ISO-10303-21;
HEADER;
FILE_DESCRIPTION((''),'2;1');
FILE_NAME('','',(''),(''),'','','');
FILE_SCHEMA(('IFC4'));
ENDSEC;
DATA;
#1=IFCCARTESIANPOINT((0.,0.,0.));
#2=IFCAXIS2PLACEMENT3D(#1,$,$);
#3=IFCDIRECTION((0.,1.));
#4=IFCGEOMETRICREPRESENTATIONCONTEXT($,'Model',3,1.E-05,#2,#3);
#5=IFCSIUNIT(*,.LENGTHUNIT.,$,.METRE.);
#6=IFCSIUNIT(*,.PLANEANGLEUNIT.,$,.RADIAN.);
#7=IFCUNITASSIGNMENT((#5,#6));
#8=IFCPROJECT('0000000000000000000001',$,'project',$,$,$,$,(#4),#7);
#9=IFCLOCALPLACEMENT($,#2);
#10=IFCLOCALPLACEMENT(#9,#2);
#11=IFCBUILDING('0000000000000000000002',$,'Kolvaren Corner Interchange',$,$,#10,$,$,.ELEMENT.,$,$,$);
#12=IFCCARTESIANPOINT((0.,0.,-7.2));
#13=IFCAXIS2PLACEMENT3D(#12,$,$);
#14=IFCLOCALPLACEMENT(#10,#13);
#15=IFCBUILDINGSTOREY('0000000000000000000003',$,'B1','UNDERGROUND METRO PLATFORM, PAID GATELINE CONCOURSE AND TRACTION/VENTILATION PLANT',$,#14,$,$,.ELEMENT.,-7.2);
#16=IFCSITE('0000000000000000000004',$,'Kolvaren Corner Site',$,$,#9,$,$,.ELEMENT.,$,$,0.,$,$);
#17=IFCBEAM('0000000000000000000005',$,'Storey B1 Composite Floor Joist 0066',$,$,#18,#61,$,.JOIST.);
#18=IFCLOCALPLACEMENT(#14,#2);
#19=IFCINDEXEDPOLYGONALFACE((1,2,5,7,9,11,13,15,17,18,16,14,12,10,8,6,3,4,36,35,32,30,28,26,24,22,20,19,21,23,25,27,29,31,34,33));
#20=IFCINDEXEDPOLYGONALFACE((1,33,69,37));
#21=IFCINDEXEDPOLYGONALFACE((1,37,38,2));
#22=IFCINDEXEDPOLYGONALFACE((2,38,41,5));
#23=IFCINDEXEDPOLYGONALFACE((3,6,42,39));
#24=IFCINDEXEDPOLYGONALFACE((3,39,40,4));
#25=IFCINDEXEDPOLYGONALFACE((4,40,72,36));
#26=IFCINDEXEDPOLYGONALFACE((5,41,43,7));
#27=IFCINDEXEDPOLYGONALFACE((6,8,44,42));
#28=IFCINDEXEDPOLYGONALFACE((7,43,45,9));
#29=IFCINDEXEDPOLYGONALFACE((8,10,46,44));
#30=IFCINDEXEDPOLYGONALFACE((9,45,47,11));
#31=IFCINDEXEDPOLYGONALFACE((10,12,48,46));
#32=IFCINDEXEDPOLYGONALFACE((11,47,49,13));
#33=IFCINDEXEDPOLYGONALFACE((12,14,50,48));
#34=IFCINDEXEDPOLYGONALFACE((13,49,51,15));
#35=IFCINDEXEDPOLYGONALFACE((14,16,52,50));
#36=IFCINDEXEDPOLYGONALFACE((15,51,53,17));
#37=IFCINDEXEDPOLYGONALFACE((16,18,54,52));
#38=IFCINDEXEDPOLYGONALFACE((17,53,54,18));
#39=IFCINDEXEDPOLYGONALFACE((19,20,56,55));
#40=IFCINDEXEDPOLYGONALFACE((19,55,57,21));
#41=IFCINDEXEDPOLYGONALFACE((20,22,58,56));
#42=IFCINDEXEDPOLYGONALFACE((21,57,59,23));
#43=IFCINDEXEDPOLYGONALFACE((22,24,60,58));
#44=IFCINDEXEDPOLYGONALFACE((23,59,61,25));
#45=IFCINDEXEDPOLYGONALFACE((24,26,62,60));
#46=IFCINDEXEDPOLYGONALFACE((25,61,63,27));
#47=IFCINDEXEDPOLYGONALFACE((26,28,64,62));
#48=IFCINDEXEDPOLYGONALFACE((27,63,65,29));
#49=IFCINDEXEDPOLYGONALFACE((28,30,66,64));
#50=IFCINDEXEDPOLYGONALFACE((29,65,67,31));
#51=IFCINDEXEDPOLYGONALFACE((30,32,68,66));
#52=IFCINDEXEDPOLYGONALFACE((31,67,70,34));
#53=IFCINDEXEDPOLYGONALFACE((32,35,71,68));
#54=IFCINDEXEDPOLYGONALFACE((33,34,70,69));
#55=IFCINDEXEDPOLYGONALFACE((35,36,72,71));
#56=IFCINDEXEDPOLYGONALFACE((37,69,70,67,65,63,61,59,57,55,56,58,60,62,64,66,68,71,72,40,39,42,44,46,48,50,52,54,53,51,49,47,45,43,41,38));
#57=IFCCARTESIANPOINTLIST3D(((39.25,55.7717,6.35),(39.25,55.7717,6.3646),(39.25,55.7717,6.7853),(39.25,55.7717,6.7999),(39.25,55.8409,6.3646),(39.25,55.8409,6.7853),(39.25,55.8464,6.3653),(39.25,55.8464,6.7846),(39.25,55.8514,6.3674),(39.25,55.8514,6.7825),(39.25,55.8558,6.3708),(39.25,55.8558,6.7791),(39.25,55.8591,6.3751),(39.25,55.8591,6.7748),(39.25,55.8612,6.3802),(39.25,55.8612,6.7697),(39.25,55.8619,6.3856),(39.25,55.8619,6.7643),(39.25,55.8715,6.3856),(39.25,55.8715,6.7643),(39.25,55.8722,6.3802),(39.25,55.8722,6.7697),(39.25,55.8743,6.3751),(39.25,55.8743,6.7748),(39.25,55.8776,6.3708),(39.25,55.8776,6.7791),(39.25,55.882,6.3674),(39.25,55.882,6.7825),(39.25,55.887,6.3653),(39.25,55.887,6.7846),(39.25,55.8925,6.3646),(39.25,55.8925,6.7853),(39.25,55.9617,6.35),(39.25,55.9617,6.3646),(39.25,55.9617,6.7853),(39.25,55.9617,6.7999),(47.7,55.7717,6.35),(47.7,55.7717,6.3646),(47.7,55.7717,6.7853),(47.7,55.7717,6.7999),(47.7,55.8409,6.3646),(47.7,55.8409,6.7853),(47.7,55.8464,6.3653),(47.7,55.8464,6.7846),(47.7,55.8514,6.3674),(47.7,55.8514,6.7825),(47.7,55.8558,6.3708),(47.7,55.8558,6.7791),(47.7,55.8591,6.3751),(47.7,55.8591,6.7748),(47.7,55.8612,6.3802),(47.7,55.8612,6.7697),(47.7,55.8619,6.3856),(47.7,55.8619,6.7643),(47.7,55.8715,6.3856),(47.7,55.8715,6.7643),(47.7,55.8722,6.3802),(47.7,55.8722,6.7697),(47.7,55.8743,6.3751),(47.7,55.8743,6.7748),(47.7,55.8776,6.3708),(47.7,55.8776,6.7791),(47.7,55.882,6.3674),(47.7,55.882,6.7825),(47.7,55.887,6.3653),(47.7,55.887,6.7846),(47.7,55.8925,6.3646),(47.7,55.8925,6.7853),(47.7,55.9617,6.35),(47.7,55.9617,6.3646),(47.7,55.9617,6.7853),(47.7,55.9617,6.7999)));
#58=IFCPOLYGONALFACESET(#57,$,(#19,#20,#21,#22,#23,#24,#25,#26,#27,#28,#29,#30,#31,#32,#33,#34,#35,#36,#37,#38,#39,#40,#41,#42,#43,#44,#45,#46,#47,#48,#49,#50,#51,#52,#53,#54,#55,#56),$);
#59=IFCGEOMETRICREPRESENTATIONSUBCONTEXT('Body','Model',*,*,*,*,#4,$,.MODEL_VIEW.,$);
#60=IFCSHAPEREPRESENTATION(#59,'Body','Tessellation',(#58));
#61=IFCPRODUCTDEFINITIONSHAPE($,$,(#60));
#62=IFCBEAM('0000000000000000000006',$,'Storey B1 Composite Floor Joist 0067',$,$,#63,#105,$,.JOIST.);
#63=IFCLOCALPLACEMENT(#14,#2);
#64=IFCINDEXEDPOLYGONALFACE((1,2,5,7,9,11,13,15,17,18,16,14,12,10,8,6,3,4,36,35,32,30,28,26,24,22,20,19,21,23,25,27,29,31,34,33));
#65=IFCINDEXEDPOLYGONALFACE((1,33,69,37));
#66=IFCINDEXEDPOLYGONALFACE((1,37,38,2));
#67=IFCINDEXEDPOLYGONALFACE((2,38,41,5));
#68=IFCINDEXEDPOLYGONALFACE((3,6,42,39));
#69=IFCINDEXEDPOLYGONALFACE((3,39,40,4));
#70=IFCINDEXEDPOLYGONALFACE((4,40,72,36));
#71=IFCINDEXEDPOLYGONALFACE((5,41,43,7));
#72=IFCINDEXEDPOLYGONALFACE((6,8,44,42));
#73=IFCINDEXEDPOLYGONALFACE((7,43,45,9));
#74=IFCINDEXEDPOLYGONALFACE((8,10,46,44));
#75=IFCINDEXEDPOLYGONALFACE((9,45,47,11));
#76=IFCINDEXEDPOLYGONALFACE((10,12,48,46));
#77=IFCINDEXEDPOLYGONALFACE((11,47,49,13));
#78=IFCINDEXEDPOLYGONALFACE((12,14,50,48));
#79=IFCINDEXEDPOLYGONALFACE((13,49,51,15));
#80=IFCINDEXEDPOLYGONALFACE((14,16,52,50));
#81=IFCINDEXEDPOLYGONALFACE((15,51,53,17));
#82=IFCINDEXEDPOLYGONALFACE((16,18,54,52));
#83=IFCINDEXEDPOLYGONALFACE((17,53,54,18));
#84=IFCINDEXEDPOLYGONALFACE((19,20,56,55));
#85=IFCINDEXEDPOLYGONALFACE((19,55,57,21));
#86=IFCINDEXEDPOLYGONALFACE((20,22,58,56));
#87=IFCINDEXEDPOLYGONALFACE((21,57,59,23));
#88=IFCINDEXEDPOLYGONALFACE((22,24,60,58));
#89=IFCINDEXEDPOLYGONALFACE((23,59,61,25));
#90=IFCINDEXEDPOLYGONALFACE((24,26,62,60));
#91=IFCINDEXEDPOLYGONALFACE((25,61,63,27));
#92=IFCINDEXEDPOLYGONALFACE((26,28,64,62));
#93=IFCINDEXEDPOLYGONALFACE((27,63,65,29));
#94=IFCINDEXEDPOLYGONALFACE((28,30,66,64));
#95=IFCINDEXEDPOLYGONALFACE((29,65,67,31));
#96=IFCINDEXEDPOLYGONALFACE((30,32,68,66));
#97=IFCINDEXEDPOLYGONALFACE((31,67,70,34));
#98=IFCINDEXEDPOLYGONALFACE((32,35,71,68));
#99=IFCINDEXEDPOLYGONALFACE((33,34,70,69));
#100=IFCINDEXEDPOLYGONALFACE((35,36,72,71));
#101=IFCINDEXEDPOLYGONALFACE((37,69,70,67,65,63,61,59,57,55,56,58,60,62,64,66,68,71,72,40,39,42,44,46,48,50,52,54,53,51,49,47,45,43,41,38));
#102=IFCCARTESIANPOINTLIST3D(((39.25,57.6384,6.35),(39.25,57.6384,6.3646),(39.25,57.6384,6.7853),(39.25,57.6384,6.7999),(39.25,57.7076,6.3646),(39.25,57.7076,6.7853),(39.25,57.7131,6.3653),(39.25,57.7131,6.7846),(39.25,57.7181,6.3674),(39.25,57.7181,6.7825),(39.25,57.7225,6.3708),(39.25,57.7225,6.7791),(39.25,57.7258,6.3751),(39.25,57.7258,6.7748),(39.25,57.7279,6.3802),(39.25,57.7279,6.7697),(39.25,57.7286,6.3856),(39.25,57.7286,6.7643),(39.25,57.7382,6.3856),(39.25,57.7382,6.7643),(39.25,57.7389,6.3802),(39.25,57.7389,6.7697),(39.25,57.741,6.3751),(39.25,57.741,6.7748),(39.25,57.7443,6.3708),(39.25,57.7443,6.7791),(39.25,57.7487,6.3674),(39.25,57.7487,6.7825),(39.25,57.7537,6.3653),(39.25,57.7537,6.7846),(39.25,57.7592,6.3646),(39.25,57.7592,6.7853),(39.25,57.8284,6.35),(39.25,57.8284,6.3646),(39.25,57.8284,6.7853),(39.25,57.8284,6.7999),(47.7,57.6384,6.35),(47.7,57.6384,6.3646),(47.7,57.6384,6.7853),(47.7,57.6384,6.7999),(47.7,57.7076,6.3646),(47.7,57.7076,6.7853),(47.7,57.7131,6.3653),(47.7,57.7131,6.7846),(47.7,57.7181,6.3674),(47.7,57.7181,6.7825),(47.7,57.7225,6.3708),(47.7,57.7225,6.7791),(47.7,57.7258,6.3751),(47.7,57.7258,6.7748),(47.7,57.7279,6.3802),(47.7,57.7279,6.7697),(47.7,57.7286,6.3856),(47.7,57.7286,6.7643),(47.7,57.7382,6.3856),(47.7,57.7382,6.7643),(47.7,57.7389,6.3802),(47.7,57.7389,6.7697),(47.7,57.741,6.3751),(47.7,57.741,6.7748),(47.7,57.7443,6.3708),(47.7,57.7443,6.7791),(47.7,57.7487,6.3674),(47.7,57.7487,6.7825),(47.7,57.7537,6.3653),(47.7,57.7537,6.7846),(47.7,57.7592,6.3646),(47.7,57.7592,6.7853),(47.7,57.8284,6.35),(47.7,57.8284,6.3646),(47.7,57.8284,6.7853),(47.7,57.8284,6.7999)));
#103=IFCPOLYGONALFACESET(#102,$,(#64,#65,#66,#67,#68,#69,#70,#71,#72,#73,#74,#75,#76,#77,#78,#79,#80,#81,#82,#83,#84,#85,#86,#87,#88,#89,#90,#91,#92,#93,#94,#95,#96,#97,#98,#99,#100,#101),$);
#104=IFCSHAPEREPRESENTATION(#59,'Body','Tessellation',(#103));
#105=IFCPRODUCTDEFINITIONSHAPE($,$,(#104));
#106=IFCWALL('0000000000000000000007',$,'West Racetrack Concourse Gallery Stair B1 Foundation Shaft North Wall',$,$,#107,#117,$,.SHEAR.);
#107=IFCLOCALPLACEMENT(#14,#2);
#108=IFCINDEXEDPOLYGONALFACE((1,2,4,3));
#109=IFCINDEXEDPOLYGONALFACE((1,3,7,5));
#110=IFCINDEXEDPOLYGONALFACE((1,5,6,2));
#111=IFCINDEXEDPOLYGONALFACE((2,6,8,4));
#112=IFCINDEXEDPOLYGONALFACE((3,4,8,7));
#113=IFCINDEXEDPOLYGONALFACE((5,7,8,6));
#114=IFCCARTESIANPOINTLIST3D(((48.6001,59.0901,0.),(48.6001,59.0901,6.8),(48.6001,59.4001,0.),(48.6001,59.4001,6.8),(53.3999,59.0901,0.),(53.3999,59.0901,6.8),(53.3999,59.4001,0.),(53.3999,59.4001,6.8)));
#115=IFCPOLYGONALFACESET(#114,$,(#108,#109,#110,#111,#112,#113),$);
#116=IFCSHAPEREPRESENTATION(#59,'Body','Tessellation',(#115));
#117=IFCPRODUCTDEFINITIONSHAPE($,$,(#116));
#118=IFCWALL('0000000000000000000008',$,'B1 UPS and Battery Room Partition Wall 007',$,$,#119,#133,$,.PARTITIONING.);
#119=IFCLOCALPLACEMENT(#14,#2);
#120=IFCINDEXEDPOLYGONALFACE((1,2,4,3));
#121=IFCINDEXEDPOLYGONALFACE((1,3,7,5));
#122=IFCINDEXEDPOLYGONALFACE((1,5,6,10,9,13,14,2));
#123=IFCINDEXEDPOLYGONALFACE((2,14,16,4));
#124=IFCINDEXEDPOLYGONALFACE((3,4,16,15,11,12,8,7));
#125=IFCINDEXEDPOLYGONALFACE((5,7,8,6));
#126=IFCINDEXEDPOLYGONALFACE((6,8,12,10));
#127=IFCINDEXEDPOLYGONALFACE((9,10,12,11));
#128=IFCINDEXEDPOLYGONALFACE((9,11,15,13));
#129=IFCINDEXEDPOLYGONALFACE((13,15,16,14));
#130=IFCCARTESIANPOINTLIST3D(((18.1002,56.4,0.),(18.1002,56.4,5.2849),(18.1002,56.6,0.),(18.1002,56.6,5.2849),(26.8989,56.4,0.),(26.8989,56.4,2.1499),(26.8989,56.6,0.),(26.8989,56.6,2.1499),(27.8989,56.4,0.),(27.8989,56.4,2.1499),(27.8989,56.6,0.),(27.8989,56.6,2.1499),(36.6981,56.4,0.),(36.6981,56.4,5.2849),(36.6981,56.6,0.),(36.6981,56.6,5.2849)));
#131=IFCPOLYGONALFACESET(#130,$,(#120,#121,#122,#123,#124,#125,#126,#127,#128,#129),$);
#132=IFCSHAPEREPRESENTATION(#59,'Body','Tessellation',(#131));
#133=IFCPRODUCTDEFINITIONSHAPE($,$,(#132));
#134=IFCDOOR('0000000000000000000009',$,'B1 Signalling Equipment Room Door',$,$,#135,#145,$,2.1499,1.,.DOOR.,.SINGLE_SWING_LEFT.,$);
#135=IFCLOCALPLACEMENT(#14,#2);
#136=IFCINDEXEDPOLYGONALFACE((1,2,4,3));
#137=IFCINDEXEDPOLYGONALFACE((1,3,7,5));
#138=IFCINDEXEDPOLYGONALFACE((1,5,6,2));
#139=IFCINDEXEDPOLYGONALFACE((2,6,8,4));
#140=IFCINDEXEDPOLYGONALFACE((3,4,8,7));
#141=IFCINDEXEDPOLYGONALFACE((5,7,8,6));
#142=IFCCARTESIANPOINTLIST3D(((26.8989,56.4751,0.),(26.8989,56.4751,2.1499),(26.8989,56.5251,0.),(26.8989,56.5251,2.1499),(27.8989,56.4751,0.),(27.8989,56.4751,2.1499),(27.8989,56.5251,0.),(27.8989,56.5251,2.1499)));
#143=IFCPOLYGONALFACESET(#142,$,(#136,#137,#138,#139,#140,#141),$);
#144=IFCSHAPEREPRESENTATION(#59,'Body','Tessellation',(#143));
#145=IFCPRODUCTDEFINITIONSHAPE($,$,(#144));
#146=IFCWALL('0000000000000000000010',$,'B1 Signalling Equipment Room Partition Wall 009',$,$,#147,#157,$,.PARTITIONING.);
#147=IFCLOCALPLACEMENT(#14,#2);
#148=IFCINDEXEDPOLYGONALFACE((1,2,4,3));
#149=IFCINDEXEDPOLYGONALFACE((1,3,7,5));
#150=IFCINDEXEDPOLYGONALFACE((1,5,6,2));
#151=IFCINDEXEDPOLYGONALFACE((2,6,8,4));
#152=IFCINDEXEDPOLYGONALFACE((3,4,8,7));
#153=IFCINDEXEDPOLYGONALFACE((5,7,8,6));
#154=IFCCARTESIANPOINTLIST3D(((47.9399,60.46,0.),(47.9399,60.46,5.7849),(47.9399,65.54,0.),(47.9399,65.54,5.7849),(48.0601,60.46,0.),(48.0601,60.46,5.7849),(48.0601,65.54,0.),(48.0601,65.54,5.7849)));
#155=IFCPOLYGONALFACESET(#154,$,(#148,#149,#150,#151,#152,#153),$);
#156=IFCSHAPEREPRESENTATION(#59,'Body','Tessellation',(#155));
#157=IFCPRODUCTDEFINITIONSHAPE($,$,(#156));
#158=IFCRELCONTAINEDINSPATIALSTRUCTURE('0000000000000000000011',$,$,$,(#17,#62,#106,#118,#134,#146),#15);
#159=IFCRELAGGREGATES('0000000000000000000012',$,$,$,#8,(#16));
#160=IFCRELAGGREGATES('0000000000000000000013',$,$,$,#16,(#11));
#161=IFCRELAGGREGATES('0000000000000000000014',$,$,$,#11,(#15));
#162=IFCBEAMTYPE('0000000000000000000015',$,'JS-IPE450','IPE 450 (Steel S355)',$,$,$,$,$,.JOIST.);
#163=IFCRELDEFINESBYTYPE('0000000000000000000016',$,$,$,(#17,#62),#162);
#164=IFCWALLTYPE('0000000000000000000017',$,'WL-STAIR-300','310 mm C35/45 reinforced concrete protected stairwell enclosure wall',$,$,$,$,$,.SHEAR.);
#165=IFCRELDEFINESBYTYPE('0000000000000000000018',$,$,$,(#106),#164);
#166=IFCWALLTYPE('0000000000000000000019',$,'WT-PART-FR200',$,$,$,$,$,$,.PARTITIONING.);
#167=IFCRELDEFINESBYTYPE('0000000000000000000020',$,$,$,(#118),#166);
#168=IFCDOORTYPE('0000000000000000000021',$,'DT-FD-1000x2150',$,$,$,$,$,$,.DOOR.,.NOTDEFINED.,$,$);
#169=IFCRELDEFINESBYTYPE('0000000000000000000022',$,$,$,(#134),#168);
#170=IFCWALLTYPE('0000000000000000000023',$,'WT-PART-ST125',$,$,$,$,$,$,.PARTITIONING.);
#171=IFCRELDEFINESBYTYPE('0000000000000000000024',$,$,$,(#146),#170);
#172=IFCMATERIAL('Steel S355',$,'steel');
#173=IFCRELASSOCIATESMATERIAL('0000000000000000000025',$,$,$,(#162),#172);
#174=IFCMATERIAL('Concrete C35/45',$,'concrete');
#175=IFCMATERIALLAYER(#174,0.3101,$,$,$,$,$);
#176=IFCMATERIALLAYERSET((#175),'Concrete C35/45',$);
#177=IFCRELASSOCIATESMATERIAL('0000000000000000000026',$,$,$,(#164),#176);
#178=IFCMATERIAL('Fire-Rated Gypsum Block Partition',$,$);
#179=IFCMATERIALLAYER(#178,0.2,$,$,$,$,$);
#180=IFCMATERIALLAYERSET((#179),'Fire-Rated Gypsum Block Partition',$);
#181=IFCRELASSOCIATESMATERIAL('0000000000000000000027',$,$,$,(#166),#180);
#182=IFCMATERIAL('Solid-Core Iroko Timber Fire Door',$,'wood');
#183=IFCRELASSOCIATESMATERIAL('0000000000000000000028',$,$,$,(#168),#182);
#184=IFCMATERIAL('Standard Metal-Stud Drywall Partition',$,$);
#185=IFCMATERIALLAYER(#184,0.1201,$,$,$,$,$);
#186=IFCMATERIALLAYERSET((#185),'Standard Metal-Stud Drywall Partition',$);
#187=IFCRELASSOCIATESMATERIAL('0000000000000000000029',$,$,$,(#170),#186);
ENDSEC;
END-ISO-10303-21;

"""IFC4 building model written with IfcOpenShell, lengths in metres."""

from ifc_helpers import new_model, si_unit, direction, frame, frame_2d, origin, origin_2d, place, context, subcontext, project, spatial, rectangle, i_section, extrude, material, layer, layer_set, material_profile, profile_set, type_object, element, fill, save


model = new_model("IFC4")

# Units and contexts
model_context = context("Model", 3, precision=1e-05, world=origin(), true_north=direction((0.0, 1.0)))
body_context = subcontext(model_context, "Body", "Model", "MODEL_VIEW")
ifc_project = project(units=[si_unit("LENGTHUNIT", "METRE"), si_unit("PLANEANGLEUNIT", "RADIAN")], contexts=[model_context])

# Site, building, storey
site_placement = place(None, origin())
site = spatial("IfcSite", under=ifc_project, at=site_placement, Name="Kolvaren Corner Site", CompositionType="ELEMENT", RefElevation=0.0)
building_placement = place(site_placement, origin())
building = spatial("IfcBuilding", under=site, at=building_placement, Name="Kolvaren Corner Interchange", CompositionType="ELEMENT")
storey_placement = place(building_placement, frame((0.0, 0.0, -7.2)))
storey = spatial("IfcBuildingStorey", under=building, at=storey_placement, Name="B1", Description="UNDERGROUND METRO PLATFORM, PAID GATELINE CONCOURSE AND TRACTION/VENTILATION PLANT", CompositionType="ELEMENT", Elevation=-7.2)

# Beams
ifc_material_1 = material(Name="Steel S355", Category="steel")
ifc_material_profile_1 = material_profile(ifc_material_1, i_section(OverallWidth=0.1899, OverallDepth=0.45, WebThickness=0.0095, FlangeThickness=0.0146, FilletRadius=0.021, at=origin_2d()), Name="IPE 450")
ifc_profile_set_1 = profile_set([ifc_material_profile_1], Name="Steel S355")
beam_type_1 = type_object("IfcBeamType", Name="JS-IPE450", Description="IPE 450 (Steel S355)", PredefinedType="JOIST", material=ifc_profile_set_1)
for number, where, z_axis, x_axis, name in (
    (1, (39.25, 55.8667, 6.575), (1.0, 0.0, 0.0), (0.0, 1.0, 0.0), "Storey B1 Composite Floor Joist 0066"),
    (2, (39.25, 57.7334, 6.575), (1.0, 0.0, 0.0), (0.0, 1.0, 0.0), "Storey B1 Composite Floor Joist 0067"),
):
    element("IfcBeam", number, at=place(storey_placement, frame(where, z_axis=z_axis, x_axis=x_axis)), inside=storey, type_object=beam_type_1, Name=name, PredefinedType="JOIST", context=body_context, shape_type="SweptSolid", body=[
        extrude(i_section(OverallWidth=0.1899, OverallDepth=0.45, WebThickness=0.0095, FlangeThickness=0.0146, FilletRadius=0.021, at=origin_2d()), origin(), (0.0, 0.0, 1.0), 8.45),
    ])

# Wall
ifc_material_2 = material(Name="Concrete C35/45", Category="concrete")
ifc_layer_1 = layer(ifc_material_2, 0.3101)
ifc_layer_set_1 = layer_set([ifc_layer_1], Name="Concrete C35/45")
wall_type_1 = type_object("IfcWallType", Name="WL-STAIR-300", Description="310 mm C35/45 reinforced concrete protected stairwell enclosure wall", PredefinedType="SHEAR", material=ifc_layer_set_1)
wall_1_placement = place(storey_placement, frame((48.6001, 59.2451, 0.0), z_axis=(0.0, 0.0, 1.0), x_axis=(1.0, 0.0, 0.0)))
element("IfcWall", 3, at=wall_1_placement, inside=storey, type_object=wall_type_1, Name="West Racetrack Concourse Gallery Stair B1 Foundation Shaft North Wall", PredefinedType="SHEAR", context=body_context, shape_type="SweptSolid", body=[
    extrude(rectangle(XDim=4.7998, YDim=0.3101, at=frame_2d((2.3999, 0.0))), origin(), (0.0, 0.0, 1.0), 6.8),
])

# Wall, opening, door
ifc_material_3 = material(Name="Fire-Rated Gypsum Block Partition")
ifc_layer_2 = layer(ifc_material_3, 0.2)
ifc_layer_set_2 = layer_set([ifc_layer_2], Name="Fire-Rated Gypsum Block Partition")
wall_type_2 = type_object("IfcWallType", Name="WT-PART-FR200", PredefinedType="PARTITIONING", material=ifc_layer_set_2)
wall_2_placement = place(storey_placement, frame((36.698, 56.5, 0.0), z_axis=(0.0, 0.0, 1.0), x_axis=(-1.0, 0.0, 0.0)))
wall_2 = element("IfcWall", 4, at=wall_2_placement, inside=storey, type_object=wall_type_2, Name="B1 UPS and Battery Room Partition Wall 007", PredefinedType="PARTITIONING", context=body_context, shape_type="SweptSolid", body=[
    extrude(rectangle(XDim=18.5979, YDim=0.2, at=frame_2d((9.2988, 0.0))), origin(), (0.0, 0.0, 1.0), 5.2849),
])
opening_placement = place(wall_2_placement, frame((8.7991, 0.0, 0.0)))
opening = element("IfcOpeningElement", 5, at=opening_placement, cuts=wall_2, PredefinedType="OPENING", context=body_context, shape_type="SweptSolid", body=[
    extrude(rectangle(XDim=1.0, YDim=2.1499, at=frame_2d((0.5, 1.075))), frame((0.0, 0.1099, 0.0), z_axis=(0.0, -1.0, 0.0), x_axis=(1.0, 0.0, 0.0)), (0.0, 0.0, 1.0), 0.22),
])
ifc_material_4 = material(Name="Solid-Core Iroko Timber Fire Door", Category="wood")
door_type = type_object("IfcDoorType", Name="DT-FD-1000x2150", OperationType="NOTDEFINED", PredefinedType="DOOR", material=ifc_material_4)
door_placement = place(opening_placement, origin())
door = element("IfcDoor", 6, at=door_placement, inside=storey, type_object=door_type, Name="B1 Signalling Equipment Room Door", OperationType="SINGLE_SWING_LEFT", OverallHeight=2.1499, OverallWidth=1.0, PredefinedType="DOOR", context=body_context, shape_type="SweptSolid", body=[
    extrude(rectangle(XDim=1.0, YDim=2.1499, at=frame_2d((0.5, 1.075))), frame((0.0, 0.0249, 0.0), z_axis=(0.0, -1.0, 0.0), x_axis=(1.0, 0.0, 0.0)), (0.0, 0.0, 1.0), 0.05),
])
fill(opening, door)

# Wall
ifc_material_5 = material(Name="Standard Metal-Stud Drywall Partition")
ifc_layer_3 = layer(ifc_material_5, 0.1201)
ifc_layer_set_3 = layer_set([ifc_layer_3], Name="Standard Metal-Stud Drywall Partition")
wall_type_3 = type_object("IfcWallType", Name="WT-PART-ST125", PredefinedType="PARTITIONING", material=ifc_layer_set_3)
wall_3_placement = place(storey_placement, frame((48.0, 60.46, 0.0), z_axis=(0.0, 0.0, 1.0), x_axis=(0.0, 1.0, 0.0)))
element("IfcWall", 7, at=wall_3_placement, inside=storey, type_object=wall_type_3, Name="B1 Signalling Equipment Room Partition Wall 009", PredefinedType="PARTITIONING", context=body_context, shape_type="SweptSolid", body=[
    extrude(rectangle(XDim=5.0801, YDim=0.1201, at=frame_2d((2.54, 0.0))), origin(), (0.0, 0.0, 1.0), 5.7849),
])

save(model, "model.ifc")
